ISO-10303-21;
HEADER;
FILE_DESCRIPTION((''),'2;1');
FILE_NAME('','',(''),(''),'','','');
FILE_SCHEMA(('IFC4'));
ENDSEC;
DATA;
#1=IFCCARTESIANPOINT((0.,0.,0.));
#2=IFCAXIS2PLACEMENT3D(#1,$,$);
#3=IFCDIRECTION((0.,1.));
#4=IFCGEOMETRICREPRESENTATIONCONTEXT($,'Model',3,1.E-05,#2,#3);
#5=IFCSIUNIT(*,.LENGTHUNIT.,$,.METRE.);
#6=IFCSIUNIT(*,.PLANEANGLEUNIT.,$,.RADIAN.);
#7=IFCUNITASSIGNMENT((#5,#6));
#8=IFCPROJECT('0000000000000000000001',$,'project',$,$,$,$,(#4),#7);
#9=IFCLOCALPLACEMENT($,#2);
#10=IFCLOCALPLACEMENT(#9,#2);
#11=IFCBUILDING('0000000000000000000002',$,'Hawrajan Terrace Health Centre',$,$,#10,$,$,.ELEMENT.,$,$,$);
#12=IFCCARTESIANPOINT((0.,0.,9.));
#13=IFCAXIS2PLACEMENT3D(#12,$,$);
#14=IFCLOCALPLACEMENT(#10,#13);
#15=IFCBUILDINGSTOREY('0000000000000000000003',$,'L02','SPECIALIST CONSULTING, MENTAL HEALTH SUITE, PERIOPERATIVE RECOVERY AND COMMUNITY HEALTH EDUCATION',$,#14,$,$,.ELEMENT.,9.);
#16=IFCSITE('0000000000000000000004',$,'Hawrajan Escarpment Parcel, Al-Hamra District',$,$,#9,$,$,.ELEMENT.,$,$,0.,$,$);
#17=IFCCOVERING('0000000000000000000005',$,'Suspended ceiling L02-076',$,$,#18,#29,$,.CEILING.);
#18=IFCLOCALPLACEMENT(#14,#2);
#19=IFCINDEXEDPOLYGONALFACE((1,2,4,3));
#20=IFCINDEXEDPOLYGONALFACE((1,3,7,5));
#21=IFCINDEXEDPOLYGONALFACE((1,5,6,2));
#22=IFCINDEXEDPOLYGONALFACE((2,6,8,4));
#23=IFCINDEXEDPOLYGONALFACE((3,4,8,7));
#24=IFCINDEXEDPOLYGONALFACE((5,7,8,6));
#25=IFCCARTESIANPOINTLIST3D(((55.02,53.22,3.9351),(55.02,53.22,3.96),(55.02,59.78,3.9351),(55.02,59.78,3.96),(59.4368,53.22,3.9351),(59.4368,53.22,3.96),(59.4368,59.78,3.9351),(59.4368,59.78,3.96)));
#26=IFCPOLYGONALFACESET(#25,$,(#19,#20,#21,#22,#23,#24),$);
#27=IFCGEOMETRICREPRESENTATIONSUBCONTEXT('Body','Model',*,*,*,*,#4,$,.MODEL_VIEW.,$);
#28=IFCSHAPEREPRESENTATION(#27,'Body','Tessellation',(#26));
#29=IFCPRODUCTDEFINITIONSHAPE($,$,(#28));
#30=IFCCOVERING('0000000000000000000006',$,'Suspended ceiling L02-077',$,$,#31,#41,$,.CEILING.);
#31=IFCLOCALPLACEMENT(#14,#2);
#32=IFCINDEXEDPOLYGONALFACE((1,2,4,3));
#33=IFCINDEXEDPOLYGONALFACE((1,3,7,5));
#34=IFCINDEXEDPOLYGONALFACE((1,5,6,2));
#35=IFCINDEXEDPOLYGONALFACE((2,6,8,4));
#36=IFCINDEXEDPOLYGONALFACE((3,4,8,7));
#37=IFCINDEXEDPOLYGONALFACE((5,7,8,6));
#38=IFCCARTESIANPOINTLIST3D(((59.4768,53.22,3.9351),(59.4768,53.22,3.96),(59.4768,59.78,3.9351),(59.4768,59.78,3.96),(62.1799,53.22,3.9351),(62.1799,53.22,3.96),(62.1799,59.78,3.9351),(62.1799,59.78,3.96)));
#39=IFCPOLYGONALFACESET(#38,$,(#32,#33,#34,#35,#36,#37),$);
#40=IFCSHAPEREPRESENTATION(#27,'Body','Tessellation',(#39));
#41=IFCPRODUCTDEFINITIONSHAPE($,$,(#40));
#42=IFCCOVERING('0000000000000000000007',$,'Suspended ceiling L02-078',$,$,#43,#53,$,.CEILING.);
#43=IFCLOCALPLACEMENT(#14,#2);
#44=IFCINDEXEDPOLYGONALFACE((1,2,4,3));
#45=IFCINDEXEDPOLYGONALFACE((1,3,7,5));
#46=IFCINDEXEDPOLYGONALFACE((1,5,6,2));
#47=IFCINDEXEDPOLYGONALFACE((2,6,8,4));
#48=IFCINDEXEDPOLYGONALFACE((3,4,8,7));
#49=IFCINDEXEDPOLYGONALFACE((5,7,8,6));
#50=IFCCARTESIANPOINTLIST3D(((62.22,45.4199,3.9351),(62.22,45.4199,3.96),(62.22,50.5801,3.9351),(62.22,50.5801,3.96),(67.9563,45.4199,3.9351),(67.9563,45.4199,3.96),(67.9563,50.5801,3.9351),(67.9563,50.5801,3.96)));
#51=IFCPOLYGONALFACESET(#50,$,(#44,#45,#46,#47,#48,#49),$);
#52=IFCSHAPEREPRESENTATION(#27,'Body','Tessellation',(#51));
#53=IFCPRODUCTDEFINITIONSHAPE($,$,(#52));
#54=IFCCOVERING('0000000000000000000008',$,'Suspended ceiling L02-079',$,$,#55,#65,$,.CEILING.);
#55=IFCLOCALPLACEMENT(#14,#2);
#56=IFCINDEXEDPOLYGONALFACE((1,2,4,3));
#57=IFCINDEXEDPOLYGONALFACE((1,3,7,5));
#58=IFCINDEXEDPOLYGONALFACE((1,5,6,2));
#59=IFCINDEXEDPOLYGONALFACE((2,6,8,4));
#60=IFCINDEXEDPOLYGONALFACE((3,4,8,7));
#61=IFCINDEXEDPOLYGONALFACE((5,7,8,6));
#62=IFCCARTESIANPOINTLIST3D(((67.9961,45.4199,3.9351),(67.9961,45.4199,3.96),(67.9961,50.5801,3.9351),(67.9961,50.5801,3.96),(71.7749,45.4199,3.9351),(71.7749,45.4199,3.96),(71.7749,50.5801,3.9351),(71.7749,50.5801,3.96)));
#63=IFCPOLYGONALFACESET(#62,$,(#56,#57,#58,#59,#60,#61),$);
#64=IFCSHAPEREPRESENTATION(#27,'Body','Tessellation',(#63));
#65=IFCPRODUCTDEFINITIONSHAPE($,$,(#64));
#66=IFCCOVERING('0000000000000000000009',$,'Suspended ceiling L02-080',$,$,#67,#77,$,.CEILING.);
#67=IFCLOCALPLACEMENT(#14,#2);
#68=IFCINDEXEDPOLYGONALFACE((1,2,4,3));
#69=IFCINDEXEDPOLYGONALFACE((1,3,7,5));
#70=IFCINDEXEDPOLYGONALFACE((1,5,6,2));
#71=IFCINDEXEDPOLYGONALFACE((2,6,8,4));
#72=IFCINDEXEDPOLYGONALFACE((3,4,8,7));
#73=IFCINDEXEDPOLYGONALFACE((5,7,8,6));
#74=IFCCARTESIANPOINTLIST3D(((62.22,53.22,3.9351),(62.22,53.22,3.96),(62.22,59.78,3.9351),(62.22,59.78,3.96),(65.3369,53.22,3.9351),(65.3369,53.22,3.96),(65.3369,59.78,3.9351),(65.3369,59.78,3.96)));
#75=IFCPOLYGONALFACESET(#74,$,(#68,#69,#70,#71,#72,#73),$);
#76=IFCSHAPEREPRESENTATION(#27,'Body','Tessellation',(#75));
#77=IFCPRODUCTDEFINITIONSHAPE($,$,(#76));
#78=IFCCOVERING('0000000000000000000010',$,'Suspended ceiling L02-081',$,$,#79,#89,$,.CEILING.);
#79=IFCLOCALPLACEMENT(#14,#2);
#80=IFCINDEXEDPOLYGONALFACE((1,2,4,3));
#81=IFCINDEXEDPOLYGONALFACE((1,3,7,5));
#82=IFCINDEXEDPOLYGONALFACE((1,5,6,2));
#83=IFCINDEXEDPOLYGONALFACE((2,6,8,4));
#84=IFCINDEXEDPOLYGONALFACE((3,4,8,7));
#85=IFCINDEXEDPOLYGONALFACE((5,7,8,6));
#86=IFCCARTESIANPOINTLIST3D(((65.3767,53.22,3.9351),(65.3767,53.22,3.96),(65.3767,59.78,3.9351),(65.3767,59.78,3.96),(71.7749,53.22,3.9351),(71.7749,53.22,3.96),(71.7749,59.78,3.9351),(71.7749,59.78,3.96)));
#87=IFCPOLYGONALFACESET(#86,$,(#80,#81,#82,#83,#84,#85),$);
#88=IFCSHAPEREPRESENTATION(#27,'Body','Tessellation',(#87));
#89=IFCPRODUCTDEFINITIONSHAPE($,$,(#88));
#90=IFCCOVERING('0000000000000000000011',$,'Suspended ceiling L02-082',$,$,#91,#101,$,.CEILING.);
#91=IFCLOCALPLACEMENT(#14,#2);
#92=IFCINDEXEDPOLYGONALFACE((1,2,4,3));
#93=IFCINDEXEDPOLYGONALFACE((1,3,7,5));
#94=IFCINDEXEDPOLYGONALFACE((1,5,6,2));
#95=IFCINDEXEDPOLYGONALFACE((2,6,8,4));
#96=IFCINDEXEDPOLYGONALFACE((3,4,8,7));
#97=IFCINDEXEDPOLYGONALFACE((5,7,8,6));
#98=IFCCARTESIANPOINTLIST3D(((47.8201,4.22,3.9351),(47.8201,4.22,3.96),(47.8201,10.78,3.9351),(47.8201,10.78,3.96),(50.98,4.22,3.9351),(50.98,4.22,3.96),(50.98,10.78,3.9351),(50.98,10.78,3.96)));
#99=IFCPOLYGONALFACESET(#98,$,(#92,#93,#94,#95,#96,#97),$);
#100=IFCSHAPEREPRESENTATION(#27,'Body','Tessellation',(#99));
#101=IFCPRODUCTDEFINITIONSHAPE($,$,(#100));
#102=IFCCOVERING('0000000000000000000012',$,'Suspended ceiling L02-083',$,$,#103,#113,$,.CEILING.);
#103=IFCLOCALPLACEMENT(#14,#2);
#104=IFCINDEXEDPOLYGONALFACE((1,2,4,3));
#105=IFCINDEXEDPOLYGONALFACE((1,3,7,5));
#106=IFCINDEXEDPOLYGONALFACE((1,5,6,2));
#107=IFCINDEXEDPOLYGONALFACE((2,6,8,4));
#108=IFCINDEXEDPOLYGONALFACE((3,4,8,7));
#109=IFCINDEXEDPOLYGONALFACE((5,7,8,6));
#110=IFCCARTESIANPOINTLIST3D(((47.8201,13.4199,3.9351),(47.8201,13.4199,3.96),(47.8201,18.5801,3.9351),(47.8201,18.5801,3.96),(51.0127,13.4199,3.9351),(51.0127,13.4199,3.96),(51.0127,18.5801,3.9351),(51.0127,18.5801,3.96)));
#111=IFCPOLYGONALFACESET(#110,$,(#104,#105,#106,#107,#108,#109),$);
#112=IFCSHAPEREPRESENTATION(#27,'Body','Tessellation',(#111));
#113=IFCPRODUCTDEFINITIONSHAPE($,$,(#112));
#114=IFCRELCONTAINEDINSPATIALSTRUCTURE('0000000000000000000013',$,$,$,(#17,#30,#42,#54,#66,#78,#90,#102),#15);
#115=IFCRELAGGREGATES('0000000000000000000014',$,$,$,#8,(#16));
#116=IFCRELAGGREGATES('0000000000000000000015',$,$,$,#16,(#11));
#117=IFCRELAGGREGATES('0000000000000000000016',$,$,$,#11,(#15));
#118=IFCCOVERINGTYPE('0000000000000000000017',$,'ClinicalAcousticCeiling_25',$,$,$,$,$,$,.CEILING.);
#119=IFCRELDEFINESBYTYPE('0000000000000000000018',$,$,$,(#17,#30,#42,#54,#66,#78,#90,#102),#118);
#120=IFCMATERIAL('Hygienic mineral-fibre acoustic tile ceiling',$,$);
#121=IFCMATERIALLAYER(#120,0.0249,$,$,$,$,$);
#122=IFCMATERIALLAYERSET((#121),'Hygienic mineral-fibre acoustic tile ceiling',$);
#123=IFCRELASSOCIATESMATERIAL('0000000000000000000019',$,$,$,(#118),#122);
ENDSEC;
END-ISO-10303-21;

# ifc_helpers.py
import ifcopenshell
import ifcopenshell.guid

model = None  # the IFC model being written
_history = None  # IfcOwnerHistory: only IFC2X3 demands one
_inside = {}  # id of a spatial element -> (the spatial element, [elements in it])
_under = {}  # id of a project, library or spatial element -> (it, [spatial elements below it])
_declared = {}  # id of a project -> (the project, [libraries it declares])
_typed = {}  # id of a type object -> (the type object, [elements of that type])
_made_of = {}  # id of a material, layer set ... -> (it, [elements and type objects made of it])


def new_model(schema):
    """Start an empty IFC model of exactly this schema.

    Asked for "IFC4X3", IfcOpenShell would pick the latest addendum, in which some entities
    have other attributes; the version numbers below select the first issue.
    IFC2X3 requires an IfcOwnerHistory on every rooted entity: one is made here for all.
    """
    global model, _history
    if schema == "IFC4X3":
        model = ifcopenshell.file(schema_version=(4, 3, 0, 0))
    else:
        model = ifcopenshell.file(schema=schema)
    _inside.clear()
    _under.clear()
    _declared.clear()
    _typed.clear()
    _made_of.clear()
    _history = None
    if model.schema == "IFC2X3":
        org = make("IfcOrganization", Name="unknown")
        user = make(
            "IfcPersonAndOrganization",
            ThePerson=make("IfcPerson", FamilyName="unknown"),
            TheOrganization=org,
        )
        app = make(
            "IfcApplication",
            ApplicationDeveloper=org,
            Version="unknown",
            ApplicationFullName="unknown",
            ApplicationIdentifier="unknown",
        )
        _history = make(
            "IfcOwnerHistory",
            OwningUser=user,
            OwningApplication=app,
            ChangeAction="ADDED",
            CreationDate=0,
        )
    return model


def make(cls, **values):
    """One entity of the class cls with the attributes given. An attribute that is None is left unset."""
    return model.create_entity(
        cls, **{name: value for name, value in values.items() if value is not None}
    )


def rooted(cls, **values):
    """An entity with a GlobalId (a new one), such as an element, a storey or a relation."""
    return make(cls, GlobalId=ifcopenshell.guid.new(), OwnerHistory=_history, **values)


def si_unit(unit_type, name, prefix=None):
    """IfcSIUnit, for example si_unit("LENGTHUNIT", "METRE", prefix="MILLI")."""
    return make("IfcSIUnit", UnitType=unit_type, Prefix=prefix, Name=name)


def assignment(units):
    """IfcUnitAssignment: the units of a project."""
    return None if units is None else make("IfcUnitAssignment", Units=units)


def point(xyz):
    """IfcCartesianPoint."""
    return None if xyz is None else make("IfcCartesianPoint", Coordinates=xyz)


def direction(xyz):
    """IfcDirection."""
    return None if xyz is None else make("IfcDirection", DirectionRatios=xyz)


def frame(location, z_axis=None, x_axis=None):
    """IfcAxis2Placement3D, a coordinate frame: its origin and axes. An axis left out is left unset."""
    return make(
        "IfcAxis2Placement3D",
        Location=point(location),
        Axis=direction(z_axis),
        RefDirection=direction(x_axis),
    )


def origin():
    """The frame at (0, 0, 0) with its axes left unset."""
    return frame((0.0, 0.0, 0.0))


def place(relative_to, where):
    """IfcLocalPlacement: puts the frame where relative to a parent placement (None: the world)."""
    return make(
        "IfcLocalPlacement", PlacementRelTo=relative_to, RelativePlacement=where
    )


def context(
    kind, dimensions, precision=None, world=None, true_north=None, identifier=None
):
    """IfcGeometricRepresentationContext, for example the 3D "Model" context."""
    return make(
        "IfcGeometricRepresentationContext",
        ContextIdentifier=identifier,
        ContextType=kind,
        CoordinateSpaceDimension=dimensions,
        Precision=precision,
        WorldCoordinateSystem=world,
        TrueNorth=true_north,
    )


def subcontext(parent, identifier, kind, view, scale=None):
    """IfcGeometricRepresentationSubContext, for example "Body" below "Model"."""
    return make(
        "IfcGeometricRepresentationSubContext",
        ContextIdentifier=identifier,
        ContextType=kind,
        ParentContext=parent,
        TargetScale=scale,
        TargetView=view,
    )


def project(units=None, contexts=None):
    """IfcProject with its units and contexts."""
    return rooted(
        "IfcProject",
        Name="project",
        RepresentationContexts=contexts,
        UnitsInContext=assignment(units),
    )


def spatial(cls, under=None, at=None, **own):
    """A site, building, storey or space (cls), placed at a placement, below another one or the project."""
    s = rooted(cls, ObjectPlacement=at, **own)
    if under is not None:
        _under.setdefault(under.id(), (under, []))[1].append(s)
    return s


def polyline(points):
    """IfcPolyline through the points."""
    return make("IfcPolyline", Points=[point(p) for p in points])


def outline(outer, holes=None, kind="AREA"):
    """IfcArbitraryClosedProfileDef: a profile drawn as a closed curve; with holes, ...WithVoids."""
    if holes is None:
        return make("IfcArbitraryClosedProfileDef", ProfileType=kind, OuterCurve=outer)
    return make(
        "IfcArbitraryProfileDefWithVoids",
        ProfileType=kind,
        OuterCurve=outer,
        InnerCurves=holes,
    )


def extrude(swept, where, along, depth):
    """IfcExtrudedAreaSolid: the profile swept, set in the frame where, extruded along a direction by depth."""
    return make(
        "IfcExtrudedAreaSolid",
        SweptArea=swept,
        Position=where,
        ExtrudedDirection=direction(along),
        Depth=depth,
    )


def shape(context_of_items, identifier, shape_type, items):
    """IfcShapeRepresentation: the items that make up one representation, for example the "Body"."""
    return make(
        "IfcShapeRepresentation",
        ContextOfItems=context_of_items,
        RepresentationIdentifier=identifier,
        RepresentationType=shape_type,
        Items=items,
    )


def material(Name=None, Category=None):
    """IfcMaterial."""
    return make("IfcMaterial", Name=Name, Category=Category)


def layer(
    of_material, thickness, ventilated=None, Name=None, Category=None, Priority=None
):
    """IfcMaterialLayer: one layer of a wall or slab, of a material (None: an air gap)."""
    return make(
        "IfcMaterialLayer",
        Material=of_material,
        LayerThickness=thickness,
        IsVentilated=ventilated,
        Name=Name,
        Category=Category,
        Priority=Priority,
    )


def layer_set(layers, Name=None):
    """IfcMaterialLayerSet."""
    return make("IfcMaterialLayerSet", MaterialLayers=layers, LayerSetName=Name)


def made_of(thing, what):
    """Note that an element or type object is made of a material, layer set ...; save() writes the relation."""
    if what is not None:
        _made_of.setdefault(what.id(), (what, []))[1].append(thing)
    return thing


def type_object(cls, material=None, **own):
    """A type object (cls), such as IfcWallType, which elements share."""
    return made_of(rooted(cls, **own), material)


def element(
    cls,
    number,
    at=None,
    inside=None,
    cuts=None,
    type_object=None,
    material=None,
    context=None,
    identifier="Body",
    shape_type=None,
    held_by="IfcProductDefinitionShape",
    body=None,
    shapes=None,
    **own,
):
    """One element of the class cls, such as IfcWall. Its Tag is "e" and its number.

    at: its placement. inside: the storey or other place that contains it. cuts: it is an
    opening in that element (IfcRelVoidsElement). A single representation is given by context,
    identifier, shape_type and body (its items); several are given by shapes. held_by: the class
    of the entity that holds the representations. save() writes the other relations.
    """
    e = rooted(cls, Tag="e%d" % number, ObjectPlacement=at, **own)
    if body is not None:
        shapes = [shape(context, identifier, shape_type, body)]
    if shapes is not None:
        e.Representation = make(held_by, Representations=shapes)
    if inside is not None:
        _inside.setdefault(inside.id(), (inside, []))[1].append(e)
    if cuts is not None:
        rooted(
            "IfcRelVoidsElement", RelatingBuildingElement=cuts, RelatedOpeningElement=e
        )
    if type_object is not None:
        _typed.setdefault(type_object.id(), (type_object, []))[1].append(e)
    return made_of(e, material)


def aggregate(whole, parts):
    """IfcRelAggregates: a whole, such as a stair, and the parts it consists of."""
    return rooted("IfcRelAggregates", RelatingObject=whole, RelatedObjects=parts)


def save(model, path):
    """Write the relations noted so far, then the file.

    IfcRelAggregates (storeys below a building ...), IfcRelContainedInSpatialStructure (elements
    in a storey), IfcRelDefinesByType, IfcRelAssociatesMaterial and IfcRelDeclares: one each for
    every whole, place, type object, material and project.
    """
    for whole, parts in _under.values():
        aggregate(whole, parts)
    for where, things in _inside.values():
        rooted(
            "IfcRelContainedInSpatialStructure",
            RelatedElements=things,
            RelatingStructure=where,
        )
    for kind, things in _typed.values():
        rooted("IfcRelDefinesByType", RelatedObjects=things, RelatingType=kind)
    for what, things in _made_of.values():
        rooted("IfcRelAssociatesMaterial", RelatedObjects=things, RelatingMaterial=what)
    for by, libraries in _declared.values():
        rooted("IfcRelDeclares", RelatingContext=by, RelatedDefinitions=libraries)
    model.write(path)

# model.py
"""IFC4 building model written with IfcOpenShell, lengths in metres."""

from ifc_helpers import new_model, si_unit, direction, frame, origin, place, context, subcontext, project, spatial, polyline, outline, extrude, material, layer, layer_set, type_object, element, save


model = new_model("IFC4")

# Units and contexts
model_context = context("Model", 3, precision=1e-05, world=origin(), true_north=direction((0.0, 1.0)))
body_context = subcontext(model_context, "Body", "Model", "MODEL_VIEW")
ifc_project = project(units=[si_unit("LENGTHUNIT", "METRE"), si_unit("PLANEANGLEUNIT", "RADIAN")], contexts=[model_context])

# Site, building, storey
site_placement = place(None, origin())
site = spatial("IfcSite", under=ifc_project, at=site_placement, Name="Hawrajan Escarpment Parcel, Al-Hamra District", CompositionType="ELEMENT", RefElevation=0.0)
building_placement = place(site_placement, origin())
building = spatial("IfcBuilding", under=site, at=building_placement, Name="Hawrajan Terrace Health Centre", CompositionType="ELEMENT")
storey_placement = place(building_placement, frame((0.0, 0.0, 9.0)))
storey = spatial("IfcBuildingStorey", under=building, at=storey_placement, Name="L02", Description="SPECIALIST CONSULTING, MENTAL HEALTH SUITE, PERIOPERATIVE RECOVERY AND COMMUNITY HEALTH EDUCATION", CompositionType="ELEMENT", Elevation=9.0)

# Coverings
ifc_material = material(Name="Hygienic mineral-fibre acoustic tile ceiling")
ifc_layer = layer(ifc_material, 0.0249)
ifc_layer_set = layer_set([ifc_layer], Name="Hygienic mineral-fibre acoustic tile ceiling")
covering_type = type_object("IfcCoveringType", Name="ClinicalAcousticCeiling_25", PredefinedType="CEILING", material=ifc_layer_set)
covering_1_placement = place(storey_placement, frame((0.0, 0.0, 3.9351)))
element("IfcCovering", 1, at=covering_1_placement, inside=storey, type_object=covering_type, Name="Suspended ceiling L02-076", PredefinedType="CEILING", context=body_context, shape_type="SweptSolid", body=[
    extrude(outline(polyline([(55.02, 59.78), (59.4368, 59.78), (59.4368, 53.22), (55.02, 53.22), (55.02, 59.78)])), origin(), (0.0, 0.0, 1.0), 0.0249),
])
covering_2_placement = place(storey_placement, frame((0.0, 0.0, 3.9351)))
element("IfcCovering", 2, at=covering_2_placement, inside=storey, type_object=covering_type, Name="Suspended ceiling L02-077", PredefinedType="CEILING", context=body_context, shape_type="SweptSolid", body=[
    extrude(outline(polyline([(59.4768, 59.78), (62.1799, 59.78), (62.1799, 53.22), (59.4768, 53.22), (59.4768, 59.78)])), origin(), (0.0, 0.0, 1.0), 0.0249),
])
covering_3_placement = place(storey_placement, frame((0.0, 0.0, 3.9351)))
element("IfcCovering", 3, at=covering_3_placement, inside=storey, type_object=covering_type, Name="Suspended ceiling L02-078", PredefinedType="CEILING", context=body_context, shape_type="SweptSolid", body=[
    extrude(outline(polyline([(62.22, 50.5801), (67.9563, 50.5801), (67.9563, 45.4199), (62.22, 45.4199), (62.22, 50.5801)])), origin(), (0.0, 0.0, 1.0), 0.0249),
])
covering_4_placement = place(storey_placement, frame((0.0, 0.0, 3.9351)))
element("IfcCovering", 4, at=covering_4_placement, inside=storey, type_object=covering_type, Name="Suspended ceiling L02-079", PredefinedType="CEILING", context=body_context, shape_type="SweptSolid", body=[
    extrude(outline(polyline([(67.9961, 50.5801), (71.7749, 50.5801), (71.7749, 45.4199), (67.9961, 45.4199), (67.9961, 50.5801)])), origin(), (0.0, 0.0, 1.0), 0.0249),
])
covering_5_placement = place(storey_placement, frame((0.0, 0.0, 3.9351)))
element("IfcCovering", 5, at=covering_5_placement, inside=storey, type_object=covering_type, Name="Suspended ceiling L02-080", PredefinedType="CEILING", context=body_context, shape_type="SweptSolid", body=[
    extrude(outline(polyline([(62.22, 59.78), (65.3369, 59.78), (65.3369, 53.22), (62.22, 53.22), (62.22, 59.78)])), origin(), (0.0, 0.0, 1.0), 0.0249),
])
covering_6_placement = place(storey_placement, frame((0.0, 0.0, 3.9351)))
element("IfcCovering", 6, at=covering_6_placement, inside=storey, type_object=covering_type, Name="Suspended ceiling L02-081", PredefinedType="CEILING", context=body_context, shape_type="SweptSolid", body=[
    extrude(outline(polyline([(65.3767, 59.78), (71.7749, 59.78), (71.7749, 53.22), (65.3767, 53.22), (65.3767, 59.78)])), origin(), (0.0, 0.0, 1.0), 0.0249),
])
covering_7_placement = place(storey_placement, frame((0.0, 0.0, 3.9351)))
element("IfcCovering", 7, at=covering_7_placement, inside=storey, type_object=covering_type, Name="Suspended ceiling L02-082", PredefinedType="CEILING", context=body_context, shape_type="SweptSolid", body=[
    extrude(outline(polyline([(47.8201, 10.78), (50.98, 10.78), (50.98, 4.22), (47.8201, 4.22), (47.8201, 10.78)])), origin(), (0.0, 0.0, 1.0), 0.0249),
])
covering_8_placement = place(storey_placement, frame((0.0, 0.0, 3.9351)))
element("IfcCovering", 8, at=covering_8_placement, inside=storey, type_object=covering_type, Name="Suspended ceiling L02-083", PredefinedType="CEILING", context=body_context, shape_type="SweptSolid", body=[
    extrude(outline(polyline([(47.8201, 18.5801), (51.0127, 18.5801), (51.0127, 13.4199), (47.8201, 13.4199), (47.8201, 18.5801)])), origin(), (0.0, 0.0, 1.0), 0.0249),
])

save(model, "model.ifc")
